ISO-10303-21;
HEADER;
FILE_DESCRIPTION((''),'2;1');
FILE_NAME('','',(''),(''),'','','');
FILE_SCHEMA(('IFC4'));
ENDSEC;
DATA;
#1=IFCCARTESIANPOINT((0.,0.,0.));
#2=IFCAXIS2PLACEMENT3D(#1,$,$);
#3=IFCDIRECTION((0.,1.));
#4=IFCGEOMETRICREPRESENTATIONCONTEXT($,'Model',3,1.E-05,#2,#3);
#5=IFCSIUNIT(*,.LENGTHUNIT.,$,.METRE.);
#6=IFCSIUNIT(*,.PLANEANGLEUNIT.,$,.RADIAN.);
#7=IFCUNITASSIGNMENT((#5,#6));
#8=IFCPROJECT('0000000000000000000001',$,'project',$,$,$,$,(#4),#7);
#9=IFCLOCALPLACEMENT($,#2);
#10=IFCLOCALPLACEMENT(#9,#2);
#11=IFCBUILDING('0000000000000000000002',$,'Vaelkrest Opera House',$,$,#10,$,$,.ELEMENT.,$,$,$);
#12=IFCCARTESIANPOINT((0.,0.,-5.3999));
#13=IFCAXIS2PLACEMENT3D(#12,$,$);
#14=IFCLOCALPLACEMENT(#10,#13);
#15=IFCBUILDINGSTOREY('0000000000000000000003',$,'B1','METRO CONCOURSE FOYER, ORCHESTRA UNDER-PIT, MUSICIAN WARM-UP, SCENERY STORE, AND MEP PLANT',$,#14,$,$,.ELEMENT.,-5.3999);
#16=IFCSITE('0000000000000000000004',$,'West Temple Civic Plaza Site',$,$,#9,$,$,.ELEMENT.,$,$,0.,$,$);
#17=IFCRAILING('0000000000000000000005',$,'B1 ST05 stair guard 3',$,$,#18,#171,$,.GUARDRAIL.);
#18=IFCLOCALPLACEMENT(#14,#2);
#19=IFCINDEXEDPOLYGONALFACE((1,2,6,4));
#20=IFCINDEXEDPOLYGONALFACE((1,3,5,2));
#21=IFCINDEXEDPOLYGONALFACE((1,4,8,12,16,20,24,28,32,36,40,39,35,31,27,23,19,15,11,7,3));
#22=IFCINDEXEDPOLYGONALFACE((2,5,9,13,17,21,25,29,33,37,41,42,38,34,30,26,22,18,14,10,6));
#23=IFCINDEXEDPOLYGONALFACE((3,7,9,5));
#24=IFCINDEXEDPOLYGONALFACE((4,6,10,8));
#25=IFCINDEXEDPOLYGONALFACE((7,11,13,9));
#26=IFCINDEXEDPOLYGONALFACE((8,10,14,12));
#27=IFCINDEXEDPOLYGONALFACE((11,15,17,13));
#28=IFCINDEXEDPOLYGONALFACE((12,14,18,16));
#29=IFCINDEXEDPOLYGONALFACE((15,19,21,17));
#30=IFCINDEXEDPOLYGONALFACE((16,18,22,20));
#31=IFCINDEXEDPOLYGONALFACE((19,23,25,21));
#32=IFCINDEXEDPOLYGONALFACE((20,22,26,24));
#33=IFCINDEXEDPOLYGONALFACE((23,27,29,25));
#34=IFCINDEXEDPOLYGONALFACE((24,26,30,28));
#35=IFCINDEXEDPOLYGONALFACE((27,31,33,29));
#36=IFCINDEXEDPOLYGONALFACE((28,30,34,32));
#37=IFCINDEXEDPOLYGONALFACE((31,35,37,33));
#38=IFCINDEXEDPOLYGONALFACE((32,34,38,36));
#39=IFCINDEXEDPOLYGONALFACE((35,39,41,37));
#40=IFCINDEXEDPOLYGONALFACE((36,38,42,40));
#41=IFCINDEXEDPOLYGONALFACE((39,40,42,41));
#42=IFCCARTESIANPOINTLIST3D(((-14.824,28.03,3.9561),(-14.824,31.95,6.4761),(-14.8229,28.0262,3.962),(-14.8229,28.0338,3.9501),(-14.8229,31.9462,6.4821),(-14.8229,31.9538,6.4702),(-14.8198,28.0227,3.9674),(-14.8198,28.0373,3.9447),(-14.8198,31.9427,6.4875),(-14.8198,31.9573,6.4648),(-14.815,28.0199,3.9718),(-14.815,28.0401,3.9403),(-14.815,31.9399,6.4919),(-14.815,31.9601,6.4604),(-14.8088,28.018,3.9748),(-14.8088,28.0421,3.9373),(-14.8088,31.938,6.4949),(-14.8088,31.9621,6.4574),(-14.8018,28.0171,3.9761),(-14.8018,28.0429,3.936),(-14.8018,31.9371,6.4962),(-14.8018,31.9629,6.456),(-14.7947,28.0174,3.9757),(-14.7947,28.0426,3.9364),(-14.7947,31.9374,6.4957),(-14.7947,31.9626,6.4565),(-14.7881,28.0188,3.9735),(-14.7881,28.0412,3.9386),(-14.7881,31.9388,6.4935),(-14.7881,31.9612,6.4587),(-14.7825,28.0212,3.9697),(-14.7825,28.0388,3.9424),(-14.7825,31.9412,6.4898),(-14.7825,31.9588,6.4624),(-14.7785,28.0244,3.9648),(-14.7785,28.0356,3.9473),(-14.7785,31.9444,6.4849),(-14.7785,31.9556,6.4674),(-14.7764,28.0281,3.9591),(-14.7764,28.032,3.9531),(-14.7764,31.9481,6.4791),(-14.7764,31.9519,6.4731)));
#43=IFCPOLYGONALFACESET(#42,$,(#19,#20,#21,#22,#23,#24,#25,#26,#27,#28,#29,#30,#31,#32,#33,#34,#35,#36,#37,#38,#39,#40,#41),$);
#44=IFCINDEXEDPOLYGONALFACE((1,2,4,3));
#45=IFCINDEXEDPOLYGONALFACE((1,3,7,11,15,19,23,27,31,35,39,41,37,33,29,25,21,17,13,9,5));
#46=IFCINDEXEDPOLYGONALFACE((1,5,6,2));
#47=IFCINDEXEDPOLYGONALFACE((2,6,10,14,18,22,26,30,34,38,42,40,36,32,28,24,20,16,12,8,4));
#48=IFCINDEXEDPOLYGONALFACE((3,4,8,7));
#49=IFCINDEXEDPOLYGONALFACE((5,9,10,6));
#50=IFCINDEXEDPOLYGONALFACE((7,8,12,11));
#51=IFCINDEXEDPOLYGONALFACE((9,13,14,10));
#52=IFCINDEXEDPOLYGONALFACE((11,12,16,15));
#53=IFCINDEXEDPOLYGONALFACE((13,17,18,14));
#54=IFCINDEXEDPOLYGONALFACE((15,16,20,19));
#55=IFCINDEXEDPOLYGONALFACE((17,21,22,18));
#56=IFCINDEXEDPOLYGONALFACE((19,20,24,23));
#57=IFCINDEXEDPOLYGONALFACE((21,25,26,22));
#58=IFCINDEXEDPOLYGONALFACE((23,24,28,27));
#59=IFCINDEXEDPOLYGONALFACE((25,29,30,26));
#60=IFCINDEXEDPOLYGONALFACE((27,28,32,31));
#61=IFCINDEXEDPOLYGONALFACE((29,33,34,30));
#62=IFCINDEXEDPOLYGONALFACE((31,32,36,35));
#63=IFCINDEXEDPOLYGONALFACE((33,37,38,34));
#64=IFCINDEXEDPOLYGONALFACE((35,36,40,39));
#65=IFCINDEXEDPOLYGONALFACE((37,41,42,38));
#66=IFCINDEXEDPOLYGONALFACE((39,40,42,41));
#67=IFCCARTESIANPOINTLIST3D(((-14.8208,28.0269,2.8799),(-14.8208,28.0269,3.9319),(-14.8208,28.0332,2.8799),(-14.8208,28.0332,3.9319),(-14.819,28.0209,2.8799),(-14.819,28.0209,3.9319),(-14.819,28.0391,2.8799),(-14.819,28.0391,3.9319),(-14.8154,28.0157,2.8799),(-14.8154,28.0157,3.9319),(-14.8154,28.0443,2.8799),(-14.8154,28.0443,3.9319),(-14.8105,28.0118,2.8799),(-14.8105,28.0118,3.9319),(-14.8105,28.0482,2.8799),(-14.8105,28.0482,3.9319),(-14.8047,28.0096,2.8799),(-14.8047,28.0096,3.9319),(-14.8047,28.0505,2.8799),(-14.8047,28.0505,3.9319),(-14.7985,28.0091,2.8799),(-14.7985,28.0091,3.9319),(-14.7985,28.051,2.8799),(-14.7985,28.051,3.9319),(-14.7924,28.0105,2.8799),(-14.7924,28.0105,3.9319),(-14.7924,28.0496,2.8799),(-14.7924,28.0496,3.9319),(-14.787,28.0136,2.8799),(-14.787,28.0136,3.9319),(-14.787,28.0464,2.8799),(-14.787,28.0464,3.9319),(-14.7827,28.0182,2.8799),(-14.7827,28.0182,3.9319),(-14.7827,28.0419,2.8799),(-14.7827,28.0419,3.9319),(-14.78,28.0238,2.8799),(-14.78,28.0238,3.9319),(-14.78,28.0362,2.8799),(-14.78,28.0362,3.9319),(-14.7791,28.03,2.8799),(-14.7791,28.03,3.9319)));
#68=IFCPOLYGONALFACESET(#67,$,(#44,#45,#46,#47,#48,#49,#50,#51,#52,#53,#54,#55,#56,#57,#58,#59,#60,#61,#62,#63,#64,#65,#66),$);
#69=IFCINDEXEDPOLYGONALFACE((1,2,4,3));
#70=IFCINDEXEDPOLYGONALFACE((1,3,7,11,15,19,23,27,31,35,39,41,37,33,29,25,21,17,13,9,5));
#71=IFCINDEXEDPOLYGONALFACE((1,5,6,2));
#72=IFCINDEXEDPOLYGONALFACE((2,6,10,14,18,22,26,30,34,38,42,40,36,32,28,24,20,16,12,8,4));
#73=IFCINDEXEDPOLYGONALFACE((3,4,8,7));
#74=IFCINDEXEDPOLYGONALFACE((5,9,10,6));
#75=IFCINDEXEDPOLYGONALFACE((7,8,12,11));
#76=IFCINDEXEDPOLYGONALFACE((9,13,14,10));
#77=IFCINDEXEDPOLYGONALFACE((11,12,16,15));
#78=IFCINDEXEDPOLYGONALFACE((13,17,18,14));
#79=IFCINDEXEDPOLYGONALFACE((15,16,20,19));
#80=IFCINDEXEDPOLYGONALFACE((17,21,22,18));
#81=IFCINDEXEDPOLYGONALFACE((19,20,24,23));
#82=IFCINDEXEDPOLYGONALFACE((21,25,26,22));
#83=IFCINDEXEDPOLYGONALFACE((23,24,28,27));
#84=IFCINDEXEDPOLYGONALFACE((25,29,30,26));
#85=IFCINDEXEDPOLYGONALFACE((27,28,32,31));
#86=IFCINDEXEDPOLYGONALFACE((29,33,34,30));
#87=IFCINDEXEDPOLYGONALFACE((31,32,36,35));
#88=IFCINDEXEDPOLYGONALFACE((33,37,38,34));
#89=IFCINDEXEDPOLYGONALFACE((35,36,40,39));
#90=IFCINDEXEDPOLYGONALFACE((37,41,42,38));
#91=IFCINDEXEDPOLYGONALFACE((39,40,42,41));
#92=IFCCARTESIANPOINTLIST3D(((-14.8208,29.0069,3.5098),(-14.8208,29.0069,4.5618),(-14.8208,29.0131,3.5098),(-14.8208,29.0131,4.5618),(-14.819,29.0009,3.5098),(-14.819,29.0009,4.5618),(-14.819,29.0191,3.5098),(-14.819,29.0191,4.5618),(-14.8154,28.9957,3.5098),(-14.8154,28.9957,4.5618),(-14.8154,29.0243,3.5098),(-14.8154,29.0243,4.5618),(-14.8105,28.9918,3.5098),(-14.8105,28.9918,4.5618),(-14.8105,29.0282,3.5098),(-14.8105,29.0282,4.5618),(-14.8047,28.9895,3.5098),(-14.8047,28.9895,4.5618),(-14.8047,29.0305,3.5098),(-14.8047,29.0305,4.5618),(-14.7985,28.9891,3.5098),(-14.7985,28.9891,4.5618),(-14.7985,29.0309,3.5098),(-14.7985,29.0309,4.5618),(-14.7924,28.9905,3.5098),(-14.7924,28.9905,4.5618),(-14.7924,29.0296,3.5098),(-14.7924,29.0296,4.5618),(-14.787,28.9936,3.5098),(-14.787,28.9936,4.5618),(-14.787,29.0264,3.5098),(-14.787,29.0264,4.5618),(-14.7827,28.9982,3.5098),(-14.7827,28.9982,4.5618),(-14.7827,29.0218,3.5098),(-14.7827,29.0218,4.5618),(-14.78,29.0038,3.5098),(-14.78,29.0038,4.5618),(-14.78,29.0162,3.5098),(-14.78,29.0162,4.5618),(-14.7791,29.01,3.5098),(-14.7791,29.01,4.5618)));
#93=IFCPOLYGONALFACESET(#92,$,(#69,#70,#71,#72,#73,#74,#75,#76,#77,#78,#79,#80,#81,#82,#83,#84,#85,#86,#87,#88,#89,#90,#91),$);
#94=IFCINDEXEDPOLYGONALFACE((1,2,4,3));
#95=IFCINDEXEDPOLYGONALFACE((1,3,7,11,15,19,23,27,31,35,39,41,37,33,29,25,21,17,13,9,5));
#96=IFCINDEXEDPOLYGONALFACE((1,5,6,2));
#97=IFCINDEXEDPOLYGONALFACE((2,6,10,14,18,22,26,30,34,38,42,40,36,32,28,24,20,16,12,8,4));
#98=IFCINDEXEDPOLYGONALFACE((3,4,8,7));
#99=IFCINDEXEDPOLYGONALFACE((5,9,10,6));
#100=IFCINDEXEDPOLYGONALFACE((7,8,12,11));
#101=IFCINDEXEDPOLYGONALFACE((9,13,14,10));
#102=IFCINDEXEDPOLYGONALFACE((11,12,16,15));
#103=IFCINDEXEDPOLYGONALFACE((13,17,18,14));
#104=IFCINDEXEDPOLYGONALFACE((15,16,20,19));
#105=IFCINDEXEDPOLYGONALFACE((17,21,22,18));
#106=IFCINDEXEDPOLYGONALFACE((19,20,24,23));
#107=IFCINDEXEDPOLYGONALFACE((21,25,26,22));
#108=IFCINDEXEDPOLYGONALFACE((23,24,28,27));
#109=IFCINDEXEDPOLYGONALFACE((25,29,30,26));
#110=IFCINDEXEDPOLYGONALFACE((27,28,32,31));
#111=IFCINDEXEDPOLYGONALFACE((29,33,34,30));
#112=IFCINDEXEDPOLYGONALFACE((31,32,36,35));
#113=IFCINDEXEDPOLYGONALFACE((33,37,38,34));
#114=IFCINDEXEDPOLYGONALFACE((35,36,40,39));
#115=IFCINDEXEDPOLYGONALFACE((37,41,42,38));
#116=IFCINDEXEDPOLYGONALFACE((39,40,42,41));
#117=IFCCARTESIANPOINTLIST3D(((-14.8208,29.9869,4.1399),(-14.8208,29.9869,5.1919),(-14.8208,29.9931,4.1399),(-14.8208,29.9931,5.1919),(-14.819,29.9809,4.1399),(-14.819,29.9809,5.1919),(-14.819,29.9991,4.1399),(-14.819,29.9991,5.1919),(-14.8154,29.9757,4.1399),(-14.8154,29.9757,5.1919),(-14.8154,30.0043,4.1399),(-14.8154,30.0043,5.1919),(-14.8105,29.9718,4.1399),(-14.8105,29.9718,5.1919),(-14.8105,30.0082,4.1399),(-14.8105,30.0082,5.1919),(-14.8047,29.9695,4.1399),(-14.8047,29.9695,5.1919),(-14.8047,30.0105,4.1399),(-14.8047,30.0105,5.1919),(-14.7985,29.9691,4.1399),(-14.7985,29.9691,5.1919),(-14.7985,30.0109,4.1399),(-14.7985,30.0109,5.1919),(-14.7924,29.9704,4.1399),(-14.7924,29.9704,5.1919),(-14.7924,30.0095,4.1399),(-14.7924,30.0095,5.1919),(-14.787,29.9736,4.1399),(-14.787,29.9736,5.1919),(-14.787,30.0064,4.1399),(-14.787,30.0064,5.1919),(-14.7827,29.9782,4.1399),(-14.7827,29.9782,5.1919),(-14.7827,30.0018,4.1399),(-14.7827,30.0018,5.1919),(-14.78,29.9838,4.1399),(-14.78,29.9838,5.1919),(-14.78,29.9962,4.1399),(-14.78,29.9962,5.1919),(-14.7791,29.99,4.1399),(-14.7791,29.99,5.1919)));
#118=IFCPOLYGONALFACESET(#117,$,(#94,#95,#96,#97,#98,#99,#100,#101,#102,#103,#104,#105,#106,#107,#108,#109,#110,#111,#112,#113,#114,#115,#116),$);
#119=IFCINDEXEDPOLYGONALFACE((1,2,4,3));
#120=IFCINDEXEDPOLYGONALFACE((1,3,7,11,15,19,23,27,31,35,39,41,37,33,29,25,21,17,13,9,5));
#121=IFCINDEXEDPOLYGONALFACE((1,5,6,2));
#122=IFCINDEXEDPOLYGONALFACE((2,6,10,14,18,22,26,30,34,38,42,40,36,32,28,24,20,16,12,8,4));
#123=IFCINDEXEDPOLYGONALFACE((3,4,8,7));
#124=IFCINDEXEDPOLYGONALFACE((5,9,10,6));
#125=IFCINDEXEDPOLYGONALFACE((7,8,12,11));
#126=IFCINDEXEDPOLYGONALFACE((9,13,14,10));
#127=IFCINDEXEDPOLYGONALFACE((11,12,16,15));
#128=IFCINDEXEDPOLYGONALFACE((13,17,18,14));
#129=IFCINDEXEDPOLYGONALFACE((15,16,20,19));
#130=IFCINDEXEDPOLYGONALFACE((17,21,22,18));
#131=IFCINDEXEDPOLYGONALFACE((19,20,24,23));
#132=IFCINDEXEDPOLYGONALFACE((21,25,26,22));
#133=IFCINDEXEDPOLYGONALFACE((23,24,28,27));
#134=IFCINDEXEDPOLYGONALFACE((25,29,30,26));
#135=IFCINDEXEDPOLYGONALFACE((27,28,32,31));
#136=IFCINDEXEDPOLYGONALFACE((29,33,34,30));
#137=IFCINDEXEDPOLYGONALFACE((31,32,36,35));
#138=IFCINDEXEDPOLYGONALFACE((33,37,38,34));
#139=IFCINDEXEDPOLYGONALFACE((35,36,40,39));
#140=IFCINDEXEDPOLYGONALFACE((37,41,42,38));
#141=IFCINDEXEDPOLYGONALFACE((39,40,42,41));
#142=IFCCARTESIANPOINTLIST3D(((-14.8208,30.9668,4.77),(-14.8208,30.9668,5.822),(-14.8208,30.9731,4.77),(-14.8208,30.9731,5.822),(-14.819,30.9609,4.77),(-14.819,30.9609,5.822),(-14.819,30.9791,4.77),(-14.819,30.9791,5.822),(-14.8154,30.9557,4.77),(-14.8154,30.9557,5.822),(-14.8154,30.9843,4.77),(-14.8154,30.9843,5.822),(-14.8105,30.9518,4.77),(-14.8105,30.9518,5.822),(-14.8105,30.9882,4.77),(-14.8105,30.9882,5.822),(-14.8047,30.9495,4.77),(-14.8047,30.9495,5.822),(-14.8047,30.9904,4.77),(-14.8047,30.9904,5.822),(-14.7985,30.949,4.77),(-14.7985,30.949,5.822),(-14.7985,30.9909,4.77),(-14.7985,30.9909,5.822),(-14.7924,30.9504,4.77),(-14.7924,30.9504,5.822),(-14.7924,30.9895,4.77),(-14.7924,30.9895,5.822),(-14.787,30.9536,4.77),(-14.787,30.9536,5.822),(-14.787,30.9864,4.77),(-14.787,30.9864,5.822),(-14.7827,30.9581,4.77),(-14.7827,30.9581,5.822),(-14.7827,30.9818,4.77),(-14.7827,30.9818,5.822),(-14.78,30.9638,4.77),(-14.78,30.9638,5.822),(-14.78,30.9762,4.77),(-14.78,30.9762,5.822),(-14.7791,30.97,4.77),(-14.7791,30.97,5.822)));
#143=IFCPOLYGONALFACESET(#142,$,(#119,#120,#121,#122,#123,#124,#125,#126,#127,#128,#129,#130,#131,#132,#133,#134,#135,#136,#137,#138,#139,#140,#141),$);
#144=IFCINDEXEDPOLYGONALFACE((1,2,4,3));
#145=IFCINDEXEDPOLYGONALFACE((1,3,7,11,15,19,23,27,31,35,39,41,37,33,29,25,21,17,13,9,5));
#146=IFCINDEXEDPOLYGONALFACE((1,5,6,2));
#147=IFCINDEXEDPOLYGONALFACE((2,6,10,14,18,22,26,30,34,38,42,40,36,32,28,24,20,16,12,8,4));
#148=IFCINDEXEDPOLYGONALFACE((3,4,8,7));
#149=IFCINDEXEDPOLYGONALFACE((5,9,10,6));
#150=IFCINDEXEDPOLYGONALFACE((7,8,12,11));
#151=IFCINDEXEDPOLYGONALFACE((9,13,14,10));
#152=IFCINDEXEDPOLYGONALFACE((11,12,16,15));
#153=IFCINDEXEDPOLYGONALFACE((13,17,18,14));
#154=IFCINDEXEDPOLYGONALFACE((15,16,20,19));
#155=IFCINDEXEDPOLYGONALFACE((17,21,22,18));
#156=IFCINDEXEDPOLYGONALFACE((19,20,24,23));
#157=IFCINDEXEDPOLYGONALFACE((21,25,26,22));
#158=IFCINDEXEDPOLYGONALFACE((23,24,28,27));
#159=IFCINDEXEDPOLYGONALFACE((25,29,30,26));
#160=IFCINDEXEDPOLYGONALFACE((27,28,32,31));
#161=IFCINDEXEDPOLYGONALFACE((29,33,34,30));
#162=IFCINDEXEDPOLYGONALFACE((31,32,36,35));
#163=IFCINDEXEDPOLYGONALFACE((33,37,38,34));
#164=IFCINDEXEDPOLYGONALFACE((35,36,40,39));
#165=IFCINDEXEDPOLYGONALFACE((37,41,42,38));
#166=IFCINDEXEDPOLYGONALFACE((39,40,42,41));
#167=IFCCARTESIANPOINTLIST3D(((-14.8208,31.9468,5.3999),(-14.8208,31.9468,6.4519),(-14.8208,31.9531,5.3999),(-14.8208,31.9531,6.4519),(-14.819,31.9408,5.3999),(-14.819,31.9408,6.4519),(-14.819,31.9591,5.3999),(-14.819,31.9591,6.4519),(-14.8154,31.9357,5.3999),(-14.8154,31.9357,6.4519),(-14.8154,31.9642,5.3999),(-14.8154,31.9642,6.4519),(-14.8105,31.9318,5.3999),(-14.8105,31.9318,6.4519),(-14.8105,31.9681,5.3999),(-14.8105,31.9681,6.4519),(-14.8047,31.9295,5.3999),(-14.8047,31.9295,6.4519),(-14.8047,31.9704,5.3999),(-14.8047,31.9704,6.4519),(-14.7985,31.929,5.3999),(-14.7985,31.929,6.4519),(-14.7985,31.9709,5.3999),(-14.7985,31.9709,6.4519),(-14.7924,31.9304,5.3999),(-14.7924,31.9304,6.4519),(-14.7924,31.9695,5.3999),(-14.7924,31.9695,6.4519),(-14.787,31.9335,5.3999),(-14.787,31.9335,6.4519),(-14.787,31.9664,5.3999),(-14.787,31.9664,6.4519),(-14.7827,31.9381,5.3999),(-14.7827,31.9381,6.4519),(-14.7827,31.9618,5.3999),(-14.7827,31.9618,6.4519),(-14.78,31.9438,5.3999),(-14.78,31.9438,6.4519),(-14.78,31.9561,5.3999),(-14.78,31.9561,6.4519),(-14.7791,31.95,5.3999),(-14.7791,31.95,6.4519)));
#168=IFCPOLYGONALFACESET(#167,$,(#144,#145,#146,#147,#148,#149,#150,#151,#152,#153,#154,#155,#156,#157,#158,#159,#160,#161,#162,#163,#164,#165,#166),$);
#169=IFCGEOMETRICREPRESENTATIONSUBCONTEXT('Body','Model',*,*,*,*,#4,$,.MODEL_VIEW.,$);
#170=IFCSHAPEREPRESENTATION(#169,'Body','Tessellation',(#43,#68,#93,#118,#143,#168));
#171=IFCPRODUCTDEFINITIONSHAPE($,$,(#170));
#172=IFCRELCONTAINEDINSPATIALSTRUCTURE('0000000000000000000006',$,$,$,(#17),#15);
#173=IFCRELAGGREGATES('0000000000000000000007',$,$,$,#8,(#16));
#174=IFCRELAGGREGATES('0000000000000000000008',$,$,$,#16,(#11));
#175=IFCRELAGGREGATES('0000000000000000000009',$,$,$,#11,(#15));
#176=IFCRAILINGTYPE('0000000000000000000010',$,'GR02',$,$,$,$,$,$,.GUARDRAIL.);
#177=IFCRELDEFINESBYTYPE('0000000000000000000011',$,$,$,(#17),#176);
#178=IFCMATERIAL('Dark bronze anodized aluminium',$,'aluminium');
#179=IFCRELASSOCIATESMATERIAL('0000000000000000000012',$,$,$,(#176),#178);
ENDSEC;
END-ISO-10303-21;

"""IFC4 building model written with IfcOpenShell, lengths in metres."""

from ifc_helpers import new_model, si_unit, direction, frame, origin, origin_2d, place, context, subcontext, project, spatial, circle, extrude, material, type_object, element, save


model = new_model("IFC4")

# Units and contexts
model_context = context("Model", 3, precision=1e-05, world=origin(), true_north=direction((0.0, 1.0)))
body_context = subcontext(model_context, "Body", "Model", "MODEL_VIEW")
ifc_project = project(units=[si_unit("LENGTHUNIT", "METRE"), si_unit("PLANEANGLEUNIT", "RADIAN")], contexts=[model_context])

# Site, building, storey
site_placement = place(None, origin())
site = spatial("IfcSite", under=ifc_project, at=site_placement, Name="West Temple Civic Plaza Site", CompositionType="ELEMENT", RefElevation=0.0)
building_placement = place(site_placement, origin())
building = spatial("IfcBuilding", under=site, at=building_placement, Name="Vaelkrest Opera House", CompositionType="ELEMENT")
storey_placement = place(building_placement, frame((0.0, 0.0, -5.3999)))
storey = spatial("IfcBuildingStorey", under=building, at=storey_placement, Name="B1", Description="METRO CONCOURSE FOYER, ORCHESTRA UNDER-PIT, MUSICIAN WARM-UP, SCENERY STORE, AND MEP PLANT", CompositionType="ELEMENT", Elevation=-5.3999)

# Railing
ifc_material_1 = material(Name="Dark bronze anodized aluminium", Category="aluminium")
railing_type_1 = type_object("IfcRailingType", Name="GR02", PredefinedType="GUARDRAIL", material=ifc_material_1)
railing_1_placement = place(storey_placement, frame((-14.8, 28.03, 2.8799)))
element("IfcRailing", 1, at=railing_1_placement, inside=storey, type_object=railing_type_1, Name="B1 ST05 stair guard 3", PredefinedType="GUARDRAIL", context=body_context, shape_type="SweptSolid", body=[
    extrude(circle(Radius=0.0239, at=origin_2d()), frame((0.0, 0.0, 1.0762), z_axis=(0.0, 0.841172, 0.540768), x_axis=(-1.0, 0.0, 0.0)), (0.0, 0.0, 1.0), 4.6602),
    extrude(circle(Radius=0.021, at=origin_2d()), origin(), (0.0, 0.0, 1.0), 1.052),
    extrude(circle(Radius=0.021, at=origin_2d()), frame((0.0, 0.98, 0.6299)), (0.0, 0.0, 1.0), 1.052),
    extrude(circle(Radius=0.021, at=origin_2d()), frame((0.0, 1.96, 1.26)), (0.0, 0.0, 1.0), 1.052),
    extrude(circle(Radius=0.021, at=origin_2d()), frame((0.0, 2.9399, 1.8901)), (0.0, 0.0, 1.0), 1.052),
    extrude(circle(Radius=0.021, at=origin_2d()), frame((0.0, 3.9199, 2.52)), (0.0, 0.0, 1.0), 1.052),
])

save(model, "model.ifc")
